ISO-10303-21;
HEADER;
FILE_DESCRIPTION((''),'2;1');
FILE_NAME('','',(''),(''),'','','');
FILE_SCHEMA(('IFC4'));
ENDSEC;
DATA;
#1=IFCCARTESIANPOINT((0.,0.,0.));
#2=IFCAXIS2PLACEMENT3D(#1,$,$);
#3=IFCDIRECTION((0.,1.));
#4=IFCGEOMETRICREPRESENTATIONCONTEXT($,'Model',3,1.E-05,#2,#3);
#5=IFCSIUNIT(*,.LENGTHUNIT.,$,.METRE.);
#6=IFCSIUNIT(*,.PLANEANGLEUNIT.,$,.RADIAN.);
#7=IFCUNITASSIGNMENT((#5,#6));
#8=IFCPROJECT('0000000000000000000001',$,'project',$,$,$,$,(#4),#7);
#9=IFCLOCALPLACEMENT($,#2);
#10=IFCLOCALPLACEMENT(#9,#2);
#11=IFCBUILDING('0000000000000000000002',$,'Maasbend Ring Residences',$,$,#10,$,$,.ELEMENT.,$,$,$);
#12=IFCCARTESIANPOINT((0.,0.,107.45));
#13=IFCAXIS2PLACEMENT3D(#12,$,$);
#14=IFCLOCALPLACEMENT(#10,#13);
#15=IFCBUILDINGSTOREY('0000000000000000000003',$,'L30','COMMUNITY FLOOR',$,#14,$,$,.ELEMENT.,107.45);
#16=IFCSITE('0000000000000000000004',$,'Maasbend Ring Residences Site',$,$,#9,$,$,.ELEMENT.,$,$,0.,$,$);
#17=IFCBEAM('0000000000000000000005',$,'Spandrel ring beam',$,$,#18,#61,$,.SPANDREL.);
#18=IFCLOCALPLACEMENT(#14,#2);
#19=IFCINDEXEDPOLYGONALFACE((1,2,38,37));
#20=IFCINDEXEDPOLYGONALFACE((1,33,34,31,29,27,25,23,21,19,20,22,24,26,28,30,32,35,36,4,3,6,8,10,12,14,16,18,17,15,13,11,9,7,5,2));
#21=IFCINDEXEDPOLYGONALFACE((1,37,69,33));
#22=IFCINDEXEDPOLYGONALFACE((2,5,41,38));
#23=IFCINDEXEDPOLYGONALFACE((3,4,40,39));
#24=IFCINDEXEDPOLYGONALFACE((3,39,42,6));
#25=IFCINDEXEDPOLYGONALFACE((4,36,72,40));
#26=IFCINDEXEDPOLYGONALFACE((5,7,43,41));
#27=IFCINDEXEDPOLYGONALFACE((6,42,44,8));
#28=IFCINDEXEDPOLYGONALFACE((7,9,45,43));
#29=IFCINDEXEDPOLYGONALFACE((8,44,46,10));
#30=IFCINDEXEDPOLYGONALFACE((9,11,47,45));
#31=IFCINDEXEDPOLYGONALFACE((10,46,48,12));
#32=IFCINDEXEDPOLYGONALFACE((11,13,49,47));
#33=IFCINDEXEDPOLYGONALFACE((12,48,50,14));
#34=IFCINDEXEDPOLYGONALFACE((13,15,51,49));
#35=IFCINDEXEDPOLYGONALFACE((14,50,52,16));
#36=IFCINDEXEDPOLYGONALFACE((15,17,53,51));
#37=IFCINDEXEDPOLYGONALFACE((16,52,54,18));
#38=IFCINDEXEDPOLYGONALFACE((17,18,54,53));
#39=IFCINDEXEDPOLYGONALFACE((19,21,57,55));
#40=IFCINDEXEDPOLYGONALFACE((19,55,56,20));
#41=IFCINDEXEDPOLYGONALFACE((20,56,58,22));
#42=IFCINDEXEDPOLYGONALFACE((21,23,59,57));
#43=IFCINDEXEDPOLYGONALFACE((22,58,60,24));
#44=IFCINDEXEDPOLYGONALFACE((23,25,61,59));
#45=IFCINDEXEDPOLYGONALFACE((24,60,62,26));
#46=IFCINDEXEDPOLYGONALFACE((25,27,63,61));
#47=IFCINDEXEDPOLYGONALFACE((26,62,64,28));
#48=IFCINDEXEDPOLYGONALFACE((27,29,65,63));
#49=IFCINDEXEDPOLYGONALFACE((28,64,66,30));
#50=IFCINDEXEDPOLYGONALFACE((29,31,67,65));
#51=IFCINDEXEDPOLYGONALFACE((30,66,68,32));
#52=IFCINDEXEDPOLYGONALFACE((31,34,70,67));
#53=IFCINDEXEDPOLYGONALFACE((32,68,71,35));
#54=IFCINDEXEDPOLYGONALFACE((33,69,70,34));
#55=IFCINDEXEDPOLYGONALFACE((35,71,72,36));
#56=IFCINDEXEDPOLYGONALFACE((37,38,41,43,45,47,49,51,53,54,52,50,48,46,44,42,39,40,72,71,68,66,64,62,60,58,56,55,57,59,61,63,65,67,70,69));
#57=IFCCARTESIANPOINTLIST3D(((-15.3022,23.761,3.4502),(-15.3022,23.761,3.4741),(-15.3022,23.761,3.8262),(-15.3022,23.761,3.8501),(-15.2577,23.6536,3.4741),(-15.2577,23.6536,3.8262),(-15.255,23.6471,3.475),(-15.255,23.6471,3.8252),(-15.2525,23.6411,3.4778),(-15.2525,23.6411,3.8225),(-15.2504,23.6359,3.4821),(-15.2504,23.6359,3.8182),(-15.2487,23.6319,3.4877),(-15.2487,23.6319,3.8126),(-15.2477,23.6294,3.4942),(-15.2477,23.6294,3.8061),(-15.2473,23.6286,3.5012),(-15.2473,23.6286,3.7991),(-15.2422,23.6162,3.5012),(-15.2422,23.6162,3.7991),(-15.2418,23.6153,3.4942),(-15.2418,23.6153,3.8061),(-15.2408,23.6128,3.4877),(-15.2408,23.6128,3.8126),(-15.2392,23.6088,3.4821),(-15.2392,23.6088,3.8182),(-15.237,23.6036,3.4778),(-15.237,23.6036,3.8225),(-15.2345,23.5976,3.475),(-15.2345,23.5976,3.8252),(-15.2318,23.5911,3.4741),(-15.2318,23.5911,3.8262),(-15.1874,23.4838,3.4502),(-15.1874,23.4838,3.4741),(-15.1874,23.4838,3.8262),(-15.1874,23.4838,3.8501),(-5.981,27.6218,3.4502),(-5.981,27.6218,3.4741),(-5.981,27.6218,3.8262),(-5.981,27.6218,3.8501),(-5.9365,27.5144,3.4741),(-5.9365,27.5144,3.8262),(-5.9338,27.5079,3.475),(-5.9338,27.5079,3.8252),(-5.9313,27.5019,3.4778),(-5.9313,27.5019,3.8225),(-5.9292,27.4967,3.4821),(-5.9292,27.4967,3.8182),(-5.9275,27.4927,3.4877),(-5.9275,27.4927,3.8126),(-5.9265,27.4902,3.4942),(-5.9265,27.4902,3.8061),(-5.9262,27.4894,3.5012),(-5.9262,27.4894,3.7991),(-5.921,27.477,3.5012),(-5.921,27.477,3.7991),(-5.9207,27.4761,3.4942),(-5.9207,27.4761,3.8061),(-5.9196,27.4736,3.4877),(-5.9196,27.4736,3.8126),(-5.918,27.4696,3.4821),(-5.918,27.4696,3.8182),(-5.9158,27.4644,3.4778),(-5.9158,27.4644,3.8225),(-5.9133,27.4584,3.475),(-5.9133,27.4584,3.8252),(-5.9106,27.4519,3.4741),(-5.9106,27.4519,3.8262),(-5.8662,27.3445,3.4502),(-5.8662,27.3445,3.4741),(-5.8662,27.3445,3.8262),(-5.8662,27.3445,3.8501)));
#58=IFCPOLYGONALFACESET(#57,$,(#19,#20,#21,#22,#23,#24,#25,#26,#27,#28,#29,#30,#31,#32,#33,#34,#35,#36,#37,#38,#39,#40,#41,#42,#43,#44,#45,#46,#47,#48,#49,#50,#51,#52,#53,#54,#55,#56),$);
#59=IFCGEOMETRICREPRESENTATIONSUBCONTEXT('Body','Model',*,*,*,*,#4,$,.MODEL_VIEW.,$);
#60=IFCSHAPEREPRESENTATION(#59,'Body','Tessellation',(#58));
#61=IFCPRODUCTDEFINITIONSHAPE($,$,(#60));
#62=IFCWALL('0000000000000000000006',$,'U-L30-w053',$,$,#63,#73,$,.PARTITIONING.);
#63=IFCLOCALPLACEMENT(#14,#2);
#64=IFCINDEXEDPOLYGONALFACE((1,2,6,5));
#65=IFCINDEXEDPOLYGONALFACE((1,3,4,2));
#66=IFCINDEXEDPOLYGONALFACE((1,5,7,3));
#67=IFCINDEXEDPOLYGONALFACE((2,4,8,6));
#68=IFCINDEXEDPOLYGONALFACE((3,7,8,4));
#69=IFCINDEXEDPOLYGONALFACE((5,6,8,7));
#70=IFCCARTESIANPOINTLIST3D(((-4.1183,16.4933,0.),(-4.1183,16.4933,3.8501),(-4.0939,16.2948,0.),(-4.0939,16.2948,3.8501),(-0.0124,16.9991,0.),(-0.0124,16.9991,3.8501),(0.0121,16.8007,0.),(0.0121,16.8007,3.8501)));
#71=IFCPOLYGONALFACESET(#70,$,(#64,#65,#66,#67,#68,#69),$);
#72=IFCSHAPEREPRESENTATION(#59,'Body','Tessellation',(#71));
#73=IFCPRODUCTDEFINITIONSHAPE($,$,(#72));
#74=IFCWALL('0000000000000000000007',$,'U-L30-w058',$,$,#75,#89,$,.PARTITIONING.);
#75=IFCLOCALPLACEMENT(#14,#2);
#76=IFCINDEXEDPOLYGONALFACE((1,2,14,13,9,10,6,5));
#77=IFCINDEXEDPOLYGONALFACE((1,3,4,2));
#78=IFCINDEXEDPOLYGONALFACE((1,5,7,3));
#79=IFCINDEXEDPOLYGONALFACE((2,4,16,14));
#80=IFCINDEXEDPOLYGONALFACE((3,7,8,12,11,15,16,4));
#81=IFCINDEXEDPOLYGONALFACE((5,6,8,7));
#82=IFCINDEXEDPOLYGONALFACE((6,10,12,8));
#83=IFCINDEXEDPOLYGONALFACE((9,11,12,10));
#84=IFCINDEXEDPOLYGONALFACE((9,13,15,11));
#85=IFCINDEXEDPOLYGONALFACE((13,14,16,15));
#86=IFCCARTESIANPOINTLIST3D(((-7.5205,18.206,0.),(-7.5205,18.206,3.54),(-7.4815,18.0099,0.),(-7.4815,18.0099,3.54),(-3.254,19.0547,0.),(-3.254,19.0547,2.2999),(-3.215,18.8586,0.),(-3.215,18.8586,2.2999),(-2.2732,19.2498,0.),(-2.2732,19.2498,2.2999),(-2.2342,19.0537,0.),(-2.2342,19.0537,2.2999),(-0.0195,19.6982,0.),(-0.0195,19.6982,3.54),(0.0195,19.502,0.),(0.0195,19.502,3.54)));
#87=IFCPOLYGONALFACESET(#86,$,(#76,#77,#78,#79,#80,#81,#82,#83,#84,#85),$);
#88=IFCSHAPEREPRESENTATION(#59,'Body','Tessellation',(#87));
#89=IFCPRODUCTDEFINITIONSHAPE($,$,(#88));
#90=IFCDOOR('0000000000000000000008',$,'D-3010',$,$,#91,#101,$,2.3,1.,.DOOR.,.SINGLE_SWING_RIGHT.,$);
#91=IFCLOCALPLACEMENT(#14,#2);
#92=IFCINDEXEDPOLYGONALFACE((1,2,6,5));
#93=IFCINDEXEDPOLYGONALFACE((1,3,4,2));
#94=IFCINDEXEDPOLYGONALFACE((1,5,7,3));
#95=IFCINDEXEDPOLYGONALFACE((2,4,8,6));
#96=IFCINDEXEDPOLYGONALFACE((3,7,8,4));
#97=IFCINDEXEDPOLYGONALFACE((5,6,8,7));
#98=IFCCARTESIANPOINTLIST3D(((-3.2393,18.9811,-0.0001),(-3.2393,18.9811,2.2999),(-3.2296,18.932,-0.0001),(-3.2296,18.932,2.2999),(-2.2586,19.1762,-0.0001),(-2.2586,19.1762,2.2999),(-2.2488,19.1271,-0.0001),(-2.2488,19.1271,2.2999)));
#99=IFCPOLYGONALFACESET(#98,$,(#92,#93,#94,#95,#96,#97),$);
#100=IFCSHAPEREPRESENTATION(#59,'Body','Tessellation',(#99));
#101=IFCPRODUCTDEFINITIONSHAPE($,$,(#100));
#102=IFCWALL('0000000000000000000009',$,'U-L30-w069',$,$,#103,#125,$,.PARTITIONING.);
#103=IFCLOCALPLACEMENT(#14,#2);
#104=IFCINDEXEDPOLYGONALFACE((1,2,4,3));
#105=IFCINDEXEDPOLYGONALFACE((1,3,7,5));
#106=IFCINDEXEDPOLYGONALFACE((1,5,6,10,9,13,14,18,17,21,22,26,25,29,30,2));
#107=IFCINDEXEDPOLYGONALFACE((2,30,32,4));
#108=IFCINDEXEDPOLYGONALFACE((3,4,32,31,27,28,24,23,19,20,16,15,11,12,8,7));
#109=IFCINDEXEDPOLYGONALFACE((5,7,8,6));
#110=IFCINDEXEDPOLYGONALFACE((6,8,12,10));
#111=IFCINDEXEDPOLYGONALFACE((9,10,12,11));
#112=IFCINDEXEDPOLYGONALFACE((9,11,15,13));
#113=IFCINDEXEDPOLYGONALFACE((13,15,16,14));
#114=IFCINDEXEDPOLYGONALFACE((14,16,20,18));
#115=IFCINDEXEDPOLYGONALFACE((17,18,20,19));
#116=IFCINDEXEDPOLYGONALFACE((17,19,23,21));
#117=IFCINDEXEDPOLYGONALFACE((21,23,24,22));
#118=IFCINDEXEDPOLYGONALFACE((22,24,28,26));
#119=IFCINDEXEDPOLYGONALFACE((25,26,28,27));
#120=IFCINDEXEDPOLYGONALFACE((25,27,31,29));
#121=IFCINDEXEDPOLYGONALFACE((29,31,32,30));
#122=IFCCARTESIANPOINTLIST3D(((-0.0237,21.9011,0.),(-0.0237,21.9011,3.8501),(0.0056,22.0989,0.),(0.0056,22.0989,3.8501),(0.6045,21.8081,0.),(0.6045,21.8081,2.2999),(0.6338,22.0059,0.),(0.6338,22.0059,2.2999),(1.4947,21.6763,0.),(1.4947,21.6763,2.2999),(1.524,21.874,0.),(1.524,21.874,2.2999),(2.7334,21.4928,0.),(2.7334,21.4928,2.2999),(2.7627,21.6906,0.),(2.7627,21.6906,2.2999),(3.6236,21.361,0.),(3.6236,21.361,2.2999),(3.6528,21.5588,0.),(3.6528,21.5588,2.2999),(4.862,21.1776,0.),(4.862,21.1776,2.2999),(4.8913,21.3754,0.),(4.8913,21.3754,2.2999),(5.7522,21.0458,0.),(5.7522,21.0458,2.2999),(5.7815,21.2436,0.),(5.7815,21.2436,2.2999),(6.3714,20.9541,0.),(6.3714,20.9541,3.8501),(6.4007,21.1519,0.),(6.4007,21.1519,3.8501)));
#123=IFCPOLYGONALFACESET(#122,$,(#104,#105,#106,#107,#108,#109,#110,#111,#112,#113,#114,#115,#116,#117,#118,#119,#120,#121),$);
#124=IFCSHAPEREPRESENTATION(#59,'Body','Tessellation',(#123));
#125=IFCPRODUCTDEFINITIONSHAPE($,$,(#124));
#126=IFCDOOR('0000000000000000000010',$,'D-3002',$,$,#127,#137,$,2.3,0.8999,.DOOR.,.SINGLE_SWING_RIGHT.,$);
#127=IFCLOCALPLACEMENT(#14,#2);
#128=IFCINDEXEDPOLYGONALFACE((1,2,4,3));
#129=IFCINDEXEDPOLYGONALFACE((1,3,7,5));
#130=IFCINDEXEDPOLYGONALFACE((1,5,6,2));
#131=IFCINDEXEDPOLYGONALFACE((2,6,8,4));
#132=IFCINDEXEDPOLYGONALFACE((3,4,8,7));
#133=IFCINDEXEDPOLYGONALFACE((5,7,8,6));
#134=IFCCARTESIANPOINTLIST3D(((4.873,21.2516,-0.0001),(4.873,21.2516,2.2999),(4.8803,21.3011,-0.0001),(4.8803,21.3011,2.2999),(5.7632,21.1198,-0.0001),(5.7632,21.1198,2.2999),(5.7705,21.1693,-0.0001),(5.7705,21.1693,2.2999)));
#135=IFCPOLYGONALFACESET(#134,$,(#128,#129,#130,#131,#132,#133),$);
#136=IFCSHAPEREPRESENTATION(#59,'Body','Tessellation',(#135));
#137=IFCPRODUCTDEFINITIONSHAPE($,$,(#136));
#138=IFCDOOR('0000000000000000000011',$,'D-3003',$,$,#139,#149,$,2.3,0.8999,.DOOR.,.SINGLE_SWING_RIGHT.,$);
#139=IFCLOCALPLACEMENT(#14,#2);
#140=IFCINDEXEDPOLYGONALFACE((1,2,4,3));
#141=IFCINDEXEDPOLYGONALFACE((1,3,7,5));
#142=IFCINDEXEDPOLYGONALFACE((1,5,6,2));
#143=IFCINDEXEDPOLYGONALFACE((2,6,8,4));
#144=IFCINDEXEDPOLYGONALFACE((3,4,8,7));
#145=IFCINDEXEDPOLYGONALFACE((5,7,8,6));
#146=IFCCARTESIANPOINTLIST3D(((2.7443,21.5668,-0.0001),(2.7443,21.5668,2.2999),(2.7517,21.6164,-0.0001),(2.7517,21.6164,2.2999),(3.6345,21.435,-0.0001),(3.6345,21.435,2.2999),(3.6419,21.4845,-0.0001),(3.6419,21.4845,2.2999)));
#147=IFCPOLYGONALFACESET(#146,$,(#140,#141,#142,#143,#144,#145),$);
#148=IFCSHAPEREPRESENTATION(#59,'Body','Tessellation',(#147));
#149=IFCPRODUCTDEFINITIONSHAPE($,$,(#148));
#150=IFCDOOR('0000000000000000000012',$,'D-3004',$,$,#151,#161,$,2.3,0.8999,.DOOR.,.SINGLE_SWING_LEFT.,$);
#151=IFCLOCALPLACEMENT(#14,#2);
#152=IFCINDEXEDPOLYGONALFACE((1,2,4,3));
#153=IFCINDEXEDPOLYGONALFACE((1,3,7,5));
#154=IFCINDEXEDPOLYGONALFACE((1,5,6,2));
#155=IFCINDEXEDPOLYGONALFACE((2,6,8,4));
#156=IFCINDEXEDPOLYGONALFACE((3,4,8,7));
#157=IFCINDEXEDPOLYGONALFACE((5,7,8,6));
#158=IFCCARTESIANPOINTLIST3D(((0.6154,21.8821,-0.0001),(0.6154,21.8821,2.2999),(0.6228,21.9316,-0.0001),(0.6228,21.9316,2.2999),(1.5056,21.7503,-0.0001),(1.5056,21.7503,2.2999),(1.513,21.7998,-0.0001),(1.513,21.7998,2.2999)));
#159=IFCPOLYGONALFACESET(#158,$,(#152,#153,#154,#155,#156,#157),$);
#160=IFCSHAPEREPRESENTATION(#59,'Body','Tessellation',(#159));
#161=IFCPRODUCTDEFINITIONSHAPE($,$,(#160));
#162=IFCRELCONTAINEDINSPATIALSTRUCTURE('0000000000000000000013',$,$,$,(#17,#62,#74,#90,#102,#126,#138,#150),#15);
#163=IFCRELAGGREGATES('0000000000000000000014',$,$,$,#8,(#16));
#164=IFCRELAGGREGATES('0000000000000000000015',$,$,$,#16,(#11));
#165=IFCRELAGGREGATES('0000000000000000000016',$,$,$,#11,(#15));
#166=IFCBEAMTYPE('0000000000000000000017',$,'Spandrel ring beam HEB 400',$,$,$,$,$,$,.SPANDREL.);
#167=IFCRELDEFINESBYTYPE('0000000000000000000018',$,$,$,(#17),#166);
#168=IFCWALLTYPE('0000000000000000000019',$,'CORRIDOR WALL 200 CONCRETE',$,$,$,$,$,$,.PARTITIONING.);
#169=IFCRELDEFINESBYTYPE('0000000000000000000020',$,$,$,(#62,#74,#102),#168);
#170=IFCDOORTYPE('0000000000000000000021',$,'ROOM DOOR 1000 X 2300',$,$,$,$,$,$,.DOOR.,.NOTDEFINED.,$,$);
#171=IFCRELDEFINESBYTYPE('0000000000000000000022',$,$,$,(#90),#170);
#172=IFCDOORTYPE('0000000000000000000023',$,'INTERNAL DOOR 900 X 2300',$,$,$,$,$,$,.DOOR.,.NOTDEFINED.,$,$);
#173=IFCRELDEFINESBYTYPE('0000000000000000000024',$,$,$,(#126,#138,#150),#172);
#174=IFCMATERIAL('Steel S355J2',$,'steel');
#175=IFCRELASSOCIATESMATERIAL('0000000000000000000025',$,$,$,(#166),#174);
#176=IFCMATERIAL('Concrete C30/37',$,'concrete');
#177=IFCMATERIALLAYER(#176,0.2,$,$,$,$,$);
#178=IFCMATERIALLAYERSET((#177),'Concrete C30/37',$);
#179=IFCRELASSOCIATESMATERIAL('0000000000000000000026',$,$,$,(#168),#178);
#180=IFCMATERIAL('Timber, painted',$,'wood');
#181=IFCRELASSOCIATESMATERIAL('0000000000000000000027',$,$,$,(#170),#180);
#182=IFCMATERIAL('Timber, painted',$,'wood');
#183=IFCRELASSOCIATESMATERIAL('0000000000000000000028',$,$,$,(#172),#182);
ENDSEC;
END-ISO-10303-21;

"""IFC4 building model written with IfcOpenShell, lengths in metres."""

from ifc_helpers import new_model, si_unit, direction, frame, frame_2d, origin, origin_2d, place, context, subcontext, project, spatial, rectangle, i_section, extrude, material, layer, layer_set, material_profile, profile_set, type_object, element, fill, save


model = new_model("IFC4")

# Units and contexts
model_context = context("Model", 3, precision=1e-05, world=origin(), true_north=direction((0.0, 1.0)))
body_context = subcontext(model_context, "Body", "Model", "MODEL_VIEW")
ifc_project = project(units=[si_unit("LENGTHUNIT", "METRE"), si_unit("PLANEANGLEUNIT", "RADIAN")], contexts=[model_context])

# Site, building, storey
site_placement = place(None, origin())
site = spatial("IfcSite", under=ifc_project, at=site_placement, Name="Maasbend Ring Residences Site", CompositionType="ELEMENT", RefElevation=0.0)
building_placement = place(site_placement, origin())
building = spatial("IfcBuilding", under=site, at=building_placement, Name="Maasbend Ring Residences", CompositionType="ELEMENT")
storey_placement = place(building_placement, frame((0.0, 0.0, 107.45)))
storey = spatial("IfcBuildingStorey", under=building, at=storey_placement, Name="L30", Description="COMMUNITY FLOOR", CompositionType="ELEMENT", Elevation=107.45)

# Beam
ifc_material_1 = material(Name="Steel S355J2", Category="steel")
ifc_material_profile_1 = material_profile(ifc_material_1, i_section(OverallWidth=0.3, OverallDepth=0.3999, WebThickness=0.0134, FlangeThickness=0.0239, FilletRadius=0.0271, at=origin_2d()), Name="HEB 400")
ifc_profile_set_1 = profile_set([ifc_material_profile_1], Name="Steel S355J2")
beam_type_1 = type_object("IfcBeamType", Name="Spandrel ring beam HEB 400", PredefinedType="SPANDREL", material=ifc_profile_set_1)
beam_1_placement = place(storey_placement, frame((-5.9236, 27.4832, 3.6501), z_axis=(-0.923885, -0.38267, 0.0), x_axis=(0.38267, -0.923885, 0.0)))
element("IfcBeam", 1, at=beam_1_placement, inside=storey, type_object=beam_type_1, Name="Spandrel ring beam", PredefinedType="SPANDREL", context=body_context, shape_type="SweptSolid", body=[
    extrude(i_section(OverallWidth=0.3, OverallDepth=0.3999, WebThickness=0.0134, FlangeThickness=0.0239, FilletRadius=0.0271, at=origin_2d()), origin(), (0.0, 0.0, 1.0), 10.0891),
])

# Wall
ifc_material_2 = material(Name="Concrete C30/37", Category="concrete")
ifc_layer_1 = layer(ifc_material_2, 0.2)
ifc_layer_set_1 = layer_set([ifc_layer_1], Name="Concrete C30/37")
wall_type_1 = type_object("IfcWallType", Name="CORRIDOR WALL 200 CONCRETE", PredefinedType="PARTITIONING", material=ifc_layer_set_1)
wall_1_placement = place(storey_placement, frame((-4.106, 16.394, 0.0), z_axis=(0.0, 0.0, 1.0), x_axis=(0.992496, 0.122277, 0.0)))
element("IfcWall", 2, at=wall_1_placement, inside=storey, type_object=wall_type_1, Name="U-L30-w053", PredefinedType="PARTITIONING", context=body_context, shape_type="SweptSolid", body=[
    extrude(rectangle(XDim=4.137, YDim=0.2, at=frame_2d((2.0684, 0.0))), origin(), (0.0, 0.0, 1.0), 3.8501),
])

# Wall, opening, door
wall_2_placement = place(storey_placement, frame((-7.501, 18.1079, 0.0), z_axis=(0.0, 0.0, 1.0), x_axis=(0.980782, 0.195109, 0.0)))
wall_2 = element("IfcWall", 3, at=wall_2_placement, inside=storey, type_object=wall_type_1, Name="U-L30-w058", PredefinedType="PARTITIONING", context=body_context, shape_type="SweptSolid", body=[
    extrude(rectangle(XDim=7.6479, YDim=0.2, at=frame_2d((3.824, 0.0))), origin(), (0.0, 0.0, 1.0), 3.54),
])
opening_1_placement = place(wall_2_placement, frame((4.3501, 0.0, 0.0)))
opening_1 = element("IfcOpeningElement", 4, at=opening_1_placement, cuts=wall_2, PredefinedType="OPENING", context=body_context, shape_type="SweptSolid", body=[
    extrude(rectangle(XDim=1.0, YDim=2.3, at=frame_2d((0.5, 1.1499))), frame((0.0, 0.1099, 0.0), z_axis=(0.0, -1.0, 0.0), x_axis=(1.0, 0.0, 0.0)), (0.0, 0.0, 1.0), 0.22),
])
ifc_material_3 = material(Name="Timber, painted", Category="wood")
door_type_1 = type_object("IfcDoorType", Name="ROOM DOOR 1000 X 2300", OperationType="NOTDEFINED", PredefinedType="DOOR", material=ifc_material_3)
door_1_placement = place(opening_1_placement, origin())
door_1 = element("IfcDoor", 5, at=door_1_placement, inside=storey, type_object=door_type_1, Name="D-3010", OperationType="SINGLE_SWING_RIGHT", OverallHeight=2.3, OverallWidth=1.0, PredefinedType="DOOR", context=body_context, shape_type="SweptSolid", body=[
    extrude(rectangle(XDim=1.0, YDim=2.3, at=frame_2d((0.5, 1.1499))), frame((0.0, 0.0249, 0.0), z_axis=(0.0, -1.0, 0.0), x_axis=(1.0, 0.0, 0.0)), (0.0, 0.0, 1.0), 0.05),
])
fill(opening_1, door_1)

# Wall, openings, doors
wall_3_placement = place(storey_placement, frame((-0.009, 22.0, 0.0), z_axis=(0.0, 0.0, 1.0), x_axis=(0.989212, -0.14649, 0.0)))
wall_3 = element("IfcWall", 6, at=wall_3_placement, inside=storey, type_object=wall_type_1, Name="U-L30-w069", PredefinedType="PARTITIONING", context=body_context, shape_type="SweptSolid", body=[
    extrude(rectangle(XDim=6.4648, YDim=0.2, at=frame_2d((3.2324, 0.0))), origin(), (0.0, 0.0, 1.0), 3.8501),
])
opening_2_placement = place(wall_3_placement, frame((4.939, 0.0, 0.0)))
opening_2 = element("IfcOpeningElement", 7, at=opening_2_placement, cuts=wall_3, PredefinedType="OPENING", context=body_context, shape_type="SweptSolid", body=[
    extrude(rectangle(XDim=0.8999, YDim=2.3, at=frame_2d((0.45, 1.1499))), frame((0.0, 0.1099, 0.0), z_axis=(0.0, -1.0, 0.0), x_axis=(1.0, 0.0, 0.0)), (0.0, 0.0, 1.0), 0.22),
])
opening_3_placement = place(wall_3_placement, frame((2.7871, 0.0, 0.0)))
opening_3 = element("IfcOpeningElement", 8, at=opening_3_placement, cuts=wall_3, PredefinedType="OPENING", context=body_context, shape_type="SweptSolid", body=[
    extrude(rectangle(XDim=0.8999, YDim=2.3, at=frame_2d((0.45, 1.1499))), frame((0.0, 0.1099, 0.0), z_axis=(0.0, -1.0, 0.0), x_axis=(1.0, 0.0, 0.0)), (0.0, 0.0, 1.0), 0.22),
])
opening_4_placement = place(wall_3_placement, frame((0.635, 0.0, 0.0)))
opening_4 = element("IfcOpeningElement", 9, at=opening_4_placement, cuts=wall_3, PredefinedType="OPENING", context=body_context, shape_type="SweptSolid", body=[
    extrude(rectangle(XDim=0.8999, YDim=2.3, at=frame_2d((0.45, 1.1499))), frame((0.0, 0.1099, 0.0), z_axis=(0.0, -1.0, 0.0), x_axis=(1.0, 0.0, 0.0)), (0.0, 0.0, 1.0), 0.22),
])
ifc_material_4 = material(Name="Timber, painted", Category="wood")
door_type_2 = type_object("IfcDoorType", Name="INTERNAL DOOR 900 X 2300", OperationType="NOTDEFINED", PredefinedType="DOOR", material=ifc_material_4)
door_2_placement = place(opening_2_placement, origin())
door_2 = element("IfcDoor", 10, at=door_2_placement, inside=storey, type_object=door_type_2, Name="D-3002", OperationType="SINGLE_SWING_RIGHT", OverallHeight=2.3, OverallWidth=0.8999, PredefinedType="DOOR", context=body_context, shape_type="SweptSolid", body=[
    extrude(rectangle(XDim=0.8999, YDim=2.3, at=frame_2d((0.45, 1.1499))), frame((0.0, 0.0249, 0.0), z_axis=(0.0, -1.0, 0.0), x_axis=(1.0, 0.0, 0.0)), (0.0, 0.0, 1.0), 0.05),
])
fill(opening_2, door_2)
door_3_placement = place(opening_3_placement, origin())
door_3 = element("IfcDoor", 11, at=door_3_placement, inside=storey, type_object=door_type_2, Name="D-3003", OperationType="SINGLE_SWING_RIGHT", OverallHeight=2.3, OverallWidth=0.8999, PredefinedType="DOOR", context=body_context, shape_type="SweptSolid", body=[
    extrude(rectangle(XDim=0.8999, YDim=2.3, at=frame_2d((0.45, 1.1499))), frame((0.0, 0.0249, 0.0), z_axis=(0.0, -1.0, 0.0), x_axis=(1.0, 0.0, 0.0)), (0.0, 0.0, 1.0), 0.05),
])
fill(opening_3, door_3)
door_4_placement = place(opening_4_placement, origin())
door_4 = element("IfcDoor", 12, at=door_4_placement, inside=storey, type_object=door_type_2, Name="D-3004", OperationType="SINGLE_SWING_LEFT", OverallHeight=2.3, OverallWidth=0.8999, PredefinedType="DOOR", context=body_context, shape_type="SweptSolid", body=[
    extrude(rectangle(XDim=0.8999, YDim=2.3, at=frame_2d((0.45, 1.1499))), frame((0.0, 0.0249, 0.0), z_axis=(0.0, -1.0, 0.0), x_axis=(1.0, 0.0, 0.0)), (0.0, 0.0, 1.0), 0.05),
])
fill(opening_4, door_4)

save(model, "model.ifc")
